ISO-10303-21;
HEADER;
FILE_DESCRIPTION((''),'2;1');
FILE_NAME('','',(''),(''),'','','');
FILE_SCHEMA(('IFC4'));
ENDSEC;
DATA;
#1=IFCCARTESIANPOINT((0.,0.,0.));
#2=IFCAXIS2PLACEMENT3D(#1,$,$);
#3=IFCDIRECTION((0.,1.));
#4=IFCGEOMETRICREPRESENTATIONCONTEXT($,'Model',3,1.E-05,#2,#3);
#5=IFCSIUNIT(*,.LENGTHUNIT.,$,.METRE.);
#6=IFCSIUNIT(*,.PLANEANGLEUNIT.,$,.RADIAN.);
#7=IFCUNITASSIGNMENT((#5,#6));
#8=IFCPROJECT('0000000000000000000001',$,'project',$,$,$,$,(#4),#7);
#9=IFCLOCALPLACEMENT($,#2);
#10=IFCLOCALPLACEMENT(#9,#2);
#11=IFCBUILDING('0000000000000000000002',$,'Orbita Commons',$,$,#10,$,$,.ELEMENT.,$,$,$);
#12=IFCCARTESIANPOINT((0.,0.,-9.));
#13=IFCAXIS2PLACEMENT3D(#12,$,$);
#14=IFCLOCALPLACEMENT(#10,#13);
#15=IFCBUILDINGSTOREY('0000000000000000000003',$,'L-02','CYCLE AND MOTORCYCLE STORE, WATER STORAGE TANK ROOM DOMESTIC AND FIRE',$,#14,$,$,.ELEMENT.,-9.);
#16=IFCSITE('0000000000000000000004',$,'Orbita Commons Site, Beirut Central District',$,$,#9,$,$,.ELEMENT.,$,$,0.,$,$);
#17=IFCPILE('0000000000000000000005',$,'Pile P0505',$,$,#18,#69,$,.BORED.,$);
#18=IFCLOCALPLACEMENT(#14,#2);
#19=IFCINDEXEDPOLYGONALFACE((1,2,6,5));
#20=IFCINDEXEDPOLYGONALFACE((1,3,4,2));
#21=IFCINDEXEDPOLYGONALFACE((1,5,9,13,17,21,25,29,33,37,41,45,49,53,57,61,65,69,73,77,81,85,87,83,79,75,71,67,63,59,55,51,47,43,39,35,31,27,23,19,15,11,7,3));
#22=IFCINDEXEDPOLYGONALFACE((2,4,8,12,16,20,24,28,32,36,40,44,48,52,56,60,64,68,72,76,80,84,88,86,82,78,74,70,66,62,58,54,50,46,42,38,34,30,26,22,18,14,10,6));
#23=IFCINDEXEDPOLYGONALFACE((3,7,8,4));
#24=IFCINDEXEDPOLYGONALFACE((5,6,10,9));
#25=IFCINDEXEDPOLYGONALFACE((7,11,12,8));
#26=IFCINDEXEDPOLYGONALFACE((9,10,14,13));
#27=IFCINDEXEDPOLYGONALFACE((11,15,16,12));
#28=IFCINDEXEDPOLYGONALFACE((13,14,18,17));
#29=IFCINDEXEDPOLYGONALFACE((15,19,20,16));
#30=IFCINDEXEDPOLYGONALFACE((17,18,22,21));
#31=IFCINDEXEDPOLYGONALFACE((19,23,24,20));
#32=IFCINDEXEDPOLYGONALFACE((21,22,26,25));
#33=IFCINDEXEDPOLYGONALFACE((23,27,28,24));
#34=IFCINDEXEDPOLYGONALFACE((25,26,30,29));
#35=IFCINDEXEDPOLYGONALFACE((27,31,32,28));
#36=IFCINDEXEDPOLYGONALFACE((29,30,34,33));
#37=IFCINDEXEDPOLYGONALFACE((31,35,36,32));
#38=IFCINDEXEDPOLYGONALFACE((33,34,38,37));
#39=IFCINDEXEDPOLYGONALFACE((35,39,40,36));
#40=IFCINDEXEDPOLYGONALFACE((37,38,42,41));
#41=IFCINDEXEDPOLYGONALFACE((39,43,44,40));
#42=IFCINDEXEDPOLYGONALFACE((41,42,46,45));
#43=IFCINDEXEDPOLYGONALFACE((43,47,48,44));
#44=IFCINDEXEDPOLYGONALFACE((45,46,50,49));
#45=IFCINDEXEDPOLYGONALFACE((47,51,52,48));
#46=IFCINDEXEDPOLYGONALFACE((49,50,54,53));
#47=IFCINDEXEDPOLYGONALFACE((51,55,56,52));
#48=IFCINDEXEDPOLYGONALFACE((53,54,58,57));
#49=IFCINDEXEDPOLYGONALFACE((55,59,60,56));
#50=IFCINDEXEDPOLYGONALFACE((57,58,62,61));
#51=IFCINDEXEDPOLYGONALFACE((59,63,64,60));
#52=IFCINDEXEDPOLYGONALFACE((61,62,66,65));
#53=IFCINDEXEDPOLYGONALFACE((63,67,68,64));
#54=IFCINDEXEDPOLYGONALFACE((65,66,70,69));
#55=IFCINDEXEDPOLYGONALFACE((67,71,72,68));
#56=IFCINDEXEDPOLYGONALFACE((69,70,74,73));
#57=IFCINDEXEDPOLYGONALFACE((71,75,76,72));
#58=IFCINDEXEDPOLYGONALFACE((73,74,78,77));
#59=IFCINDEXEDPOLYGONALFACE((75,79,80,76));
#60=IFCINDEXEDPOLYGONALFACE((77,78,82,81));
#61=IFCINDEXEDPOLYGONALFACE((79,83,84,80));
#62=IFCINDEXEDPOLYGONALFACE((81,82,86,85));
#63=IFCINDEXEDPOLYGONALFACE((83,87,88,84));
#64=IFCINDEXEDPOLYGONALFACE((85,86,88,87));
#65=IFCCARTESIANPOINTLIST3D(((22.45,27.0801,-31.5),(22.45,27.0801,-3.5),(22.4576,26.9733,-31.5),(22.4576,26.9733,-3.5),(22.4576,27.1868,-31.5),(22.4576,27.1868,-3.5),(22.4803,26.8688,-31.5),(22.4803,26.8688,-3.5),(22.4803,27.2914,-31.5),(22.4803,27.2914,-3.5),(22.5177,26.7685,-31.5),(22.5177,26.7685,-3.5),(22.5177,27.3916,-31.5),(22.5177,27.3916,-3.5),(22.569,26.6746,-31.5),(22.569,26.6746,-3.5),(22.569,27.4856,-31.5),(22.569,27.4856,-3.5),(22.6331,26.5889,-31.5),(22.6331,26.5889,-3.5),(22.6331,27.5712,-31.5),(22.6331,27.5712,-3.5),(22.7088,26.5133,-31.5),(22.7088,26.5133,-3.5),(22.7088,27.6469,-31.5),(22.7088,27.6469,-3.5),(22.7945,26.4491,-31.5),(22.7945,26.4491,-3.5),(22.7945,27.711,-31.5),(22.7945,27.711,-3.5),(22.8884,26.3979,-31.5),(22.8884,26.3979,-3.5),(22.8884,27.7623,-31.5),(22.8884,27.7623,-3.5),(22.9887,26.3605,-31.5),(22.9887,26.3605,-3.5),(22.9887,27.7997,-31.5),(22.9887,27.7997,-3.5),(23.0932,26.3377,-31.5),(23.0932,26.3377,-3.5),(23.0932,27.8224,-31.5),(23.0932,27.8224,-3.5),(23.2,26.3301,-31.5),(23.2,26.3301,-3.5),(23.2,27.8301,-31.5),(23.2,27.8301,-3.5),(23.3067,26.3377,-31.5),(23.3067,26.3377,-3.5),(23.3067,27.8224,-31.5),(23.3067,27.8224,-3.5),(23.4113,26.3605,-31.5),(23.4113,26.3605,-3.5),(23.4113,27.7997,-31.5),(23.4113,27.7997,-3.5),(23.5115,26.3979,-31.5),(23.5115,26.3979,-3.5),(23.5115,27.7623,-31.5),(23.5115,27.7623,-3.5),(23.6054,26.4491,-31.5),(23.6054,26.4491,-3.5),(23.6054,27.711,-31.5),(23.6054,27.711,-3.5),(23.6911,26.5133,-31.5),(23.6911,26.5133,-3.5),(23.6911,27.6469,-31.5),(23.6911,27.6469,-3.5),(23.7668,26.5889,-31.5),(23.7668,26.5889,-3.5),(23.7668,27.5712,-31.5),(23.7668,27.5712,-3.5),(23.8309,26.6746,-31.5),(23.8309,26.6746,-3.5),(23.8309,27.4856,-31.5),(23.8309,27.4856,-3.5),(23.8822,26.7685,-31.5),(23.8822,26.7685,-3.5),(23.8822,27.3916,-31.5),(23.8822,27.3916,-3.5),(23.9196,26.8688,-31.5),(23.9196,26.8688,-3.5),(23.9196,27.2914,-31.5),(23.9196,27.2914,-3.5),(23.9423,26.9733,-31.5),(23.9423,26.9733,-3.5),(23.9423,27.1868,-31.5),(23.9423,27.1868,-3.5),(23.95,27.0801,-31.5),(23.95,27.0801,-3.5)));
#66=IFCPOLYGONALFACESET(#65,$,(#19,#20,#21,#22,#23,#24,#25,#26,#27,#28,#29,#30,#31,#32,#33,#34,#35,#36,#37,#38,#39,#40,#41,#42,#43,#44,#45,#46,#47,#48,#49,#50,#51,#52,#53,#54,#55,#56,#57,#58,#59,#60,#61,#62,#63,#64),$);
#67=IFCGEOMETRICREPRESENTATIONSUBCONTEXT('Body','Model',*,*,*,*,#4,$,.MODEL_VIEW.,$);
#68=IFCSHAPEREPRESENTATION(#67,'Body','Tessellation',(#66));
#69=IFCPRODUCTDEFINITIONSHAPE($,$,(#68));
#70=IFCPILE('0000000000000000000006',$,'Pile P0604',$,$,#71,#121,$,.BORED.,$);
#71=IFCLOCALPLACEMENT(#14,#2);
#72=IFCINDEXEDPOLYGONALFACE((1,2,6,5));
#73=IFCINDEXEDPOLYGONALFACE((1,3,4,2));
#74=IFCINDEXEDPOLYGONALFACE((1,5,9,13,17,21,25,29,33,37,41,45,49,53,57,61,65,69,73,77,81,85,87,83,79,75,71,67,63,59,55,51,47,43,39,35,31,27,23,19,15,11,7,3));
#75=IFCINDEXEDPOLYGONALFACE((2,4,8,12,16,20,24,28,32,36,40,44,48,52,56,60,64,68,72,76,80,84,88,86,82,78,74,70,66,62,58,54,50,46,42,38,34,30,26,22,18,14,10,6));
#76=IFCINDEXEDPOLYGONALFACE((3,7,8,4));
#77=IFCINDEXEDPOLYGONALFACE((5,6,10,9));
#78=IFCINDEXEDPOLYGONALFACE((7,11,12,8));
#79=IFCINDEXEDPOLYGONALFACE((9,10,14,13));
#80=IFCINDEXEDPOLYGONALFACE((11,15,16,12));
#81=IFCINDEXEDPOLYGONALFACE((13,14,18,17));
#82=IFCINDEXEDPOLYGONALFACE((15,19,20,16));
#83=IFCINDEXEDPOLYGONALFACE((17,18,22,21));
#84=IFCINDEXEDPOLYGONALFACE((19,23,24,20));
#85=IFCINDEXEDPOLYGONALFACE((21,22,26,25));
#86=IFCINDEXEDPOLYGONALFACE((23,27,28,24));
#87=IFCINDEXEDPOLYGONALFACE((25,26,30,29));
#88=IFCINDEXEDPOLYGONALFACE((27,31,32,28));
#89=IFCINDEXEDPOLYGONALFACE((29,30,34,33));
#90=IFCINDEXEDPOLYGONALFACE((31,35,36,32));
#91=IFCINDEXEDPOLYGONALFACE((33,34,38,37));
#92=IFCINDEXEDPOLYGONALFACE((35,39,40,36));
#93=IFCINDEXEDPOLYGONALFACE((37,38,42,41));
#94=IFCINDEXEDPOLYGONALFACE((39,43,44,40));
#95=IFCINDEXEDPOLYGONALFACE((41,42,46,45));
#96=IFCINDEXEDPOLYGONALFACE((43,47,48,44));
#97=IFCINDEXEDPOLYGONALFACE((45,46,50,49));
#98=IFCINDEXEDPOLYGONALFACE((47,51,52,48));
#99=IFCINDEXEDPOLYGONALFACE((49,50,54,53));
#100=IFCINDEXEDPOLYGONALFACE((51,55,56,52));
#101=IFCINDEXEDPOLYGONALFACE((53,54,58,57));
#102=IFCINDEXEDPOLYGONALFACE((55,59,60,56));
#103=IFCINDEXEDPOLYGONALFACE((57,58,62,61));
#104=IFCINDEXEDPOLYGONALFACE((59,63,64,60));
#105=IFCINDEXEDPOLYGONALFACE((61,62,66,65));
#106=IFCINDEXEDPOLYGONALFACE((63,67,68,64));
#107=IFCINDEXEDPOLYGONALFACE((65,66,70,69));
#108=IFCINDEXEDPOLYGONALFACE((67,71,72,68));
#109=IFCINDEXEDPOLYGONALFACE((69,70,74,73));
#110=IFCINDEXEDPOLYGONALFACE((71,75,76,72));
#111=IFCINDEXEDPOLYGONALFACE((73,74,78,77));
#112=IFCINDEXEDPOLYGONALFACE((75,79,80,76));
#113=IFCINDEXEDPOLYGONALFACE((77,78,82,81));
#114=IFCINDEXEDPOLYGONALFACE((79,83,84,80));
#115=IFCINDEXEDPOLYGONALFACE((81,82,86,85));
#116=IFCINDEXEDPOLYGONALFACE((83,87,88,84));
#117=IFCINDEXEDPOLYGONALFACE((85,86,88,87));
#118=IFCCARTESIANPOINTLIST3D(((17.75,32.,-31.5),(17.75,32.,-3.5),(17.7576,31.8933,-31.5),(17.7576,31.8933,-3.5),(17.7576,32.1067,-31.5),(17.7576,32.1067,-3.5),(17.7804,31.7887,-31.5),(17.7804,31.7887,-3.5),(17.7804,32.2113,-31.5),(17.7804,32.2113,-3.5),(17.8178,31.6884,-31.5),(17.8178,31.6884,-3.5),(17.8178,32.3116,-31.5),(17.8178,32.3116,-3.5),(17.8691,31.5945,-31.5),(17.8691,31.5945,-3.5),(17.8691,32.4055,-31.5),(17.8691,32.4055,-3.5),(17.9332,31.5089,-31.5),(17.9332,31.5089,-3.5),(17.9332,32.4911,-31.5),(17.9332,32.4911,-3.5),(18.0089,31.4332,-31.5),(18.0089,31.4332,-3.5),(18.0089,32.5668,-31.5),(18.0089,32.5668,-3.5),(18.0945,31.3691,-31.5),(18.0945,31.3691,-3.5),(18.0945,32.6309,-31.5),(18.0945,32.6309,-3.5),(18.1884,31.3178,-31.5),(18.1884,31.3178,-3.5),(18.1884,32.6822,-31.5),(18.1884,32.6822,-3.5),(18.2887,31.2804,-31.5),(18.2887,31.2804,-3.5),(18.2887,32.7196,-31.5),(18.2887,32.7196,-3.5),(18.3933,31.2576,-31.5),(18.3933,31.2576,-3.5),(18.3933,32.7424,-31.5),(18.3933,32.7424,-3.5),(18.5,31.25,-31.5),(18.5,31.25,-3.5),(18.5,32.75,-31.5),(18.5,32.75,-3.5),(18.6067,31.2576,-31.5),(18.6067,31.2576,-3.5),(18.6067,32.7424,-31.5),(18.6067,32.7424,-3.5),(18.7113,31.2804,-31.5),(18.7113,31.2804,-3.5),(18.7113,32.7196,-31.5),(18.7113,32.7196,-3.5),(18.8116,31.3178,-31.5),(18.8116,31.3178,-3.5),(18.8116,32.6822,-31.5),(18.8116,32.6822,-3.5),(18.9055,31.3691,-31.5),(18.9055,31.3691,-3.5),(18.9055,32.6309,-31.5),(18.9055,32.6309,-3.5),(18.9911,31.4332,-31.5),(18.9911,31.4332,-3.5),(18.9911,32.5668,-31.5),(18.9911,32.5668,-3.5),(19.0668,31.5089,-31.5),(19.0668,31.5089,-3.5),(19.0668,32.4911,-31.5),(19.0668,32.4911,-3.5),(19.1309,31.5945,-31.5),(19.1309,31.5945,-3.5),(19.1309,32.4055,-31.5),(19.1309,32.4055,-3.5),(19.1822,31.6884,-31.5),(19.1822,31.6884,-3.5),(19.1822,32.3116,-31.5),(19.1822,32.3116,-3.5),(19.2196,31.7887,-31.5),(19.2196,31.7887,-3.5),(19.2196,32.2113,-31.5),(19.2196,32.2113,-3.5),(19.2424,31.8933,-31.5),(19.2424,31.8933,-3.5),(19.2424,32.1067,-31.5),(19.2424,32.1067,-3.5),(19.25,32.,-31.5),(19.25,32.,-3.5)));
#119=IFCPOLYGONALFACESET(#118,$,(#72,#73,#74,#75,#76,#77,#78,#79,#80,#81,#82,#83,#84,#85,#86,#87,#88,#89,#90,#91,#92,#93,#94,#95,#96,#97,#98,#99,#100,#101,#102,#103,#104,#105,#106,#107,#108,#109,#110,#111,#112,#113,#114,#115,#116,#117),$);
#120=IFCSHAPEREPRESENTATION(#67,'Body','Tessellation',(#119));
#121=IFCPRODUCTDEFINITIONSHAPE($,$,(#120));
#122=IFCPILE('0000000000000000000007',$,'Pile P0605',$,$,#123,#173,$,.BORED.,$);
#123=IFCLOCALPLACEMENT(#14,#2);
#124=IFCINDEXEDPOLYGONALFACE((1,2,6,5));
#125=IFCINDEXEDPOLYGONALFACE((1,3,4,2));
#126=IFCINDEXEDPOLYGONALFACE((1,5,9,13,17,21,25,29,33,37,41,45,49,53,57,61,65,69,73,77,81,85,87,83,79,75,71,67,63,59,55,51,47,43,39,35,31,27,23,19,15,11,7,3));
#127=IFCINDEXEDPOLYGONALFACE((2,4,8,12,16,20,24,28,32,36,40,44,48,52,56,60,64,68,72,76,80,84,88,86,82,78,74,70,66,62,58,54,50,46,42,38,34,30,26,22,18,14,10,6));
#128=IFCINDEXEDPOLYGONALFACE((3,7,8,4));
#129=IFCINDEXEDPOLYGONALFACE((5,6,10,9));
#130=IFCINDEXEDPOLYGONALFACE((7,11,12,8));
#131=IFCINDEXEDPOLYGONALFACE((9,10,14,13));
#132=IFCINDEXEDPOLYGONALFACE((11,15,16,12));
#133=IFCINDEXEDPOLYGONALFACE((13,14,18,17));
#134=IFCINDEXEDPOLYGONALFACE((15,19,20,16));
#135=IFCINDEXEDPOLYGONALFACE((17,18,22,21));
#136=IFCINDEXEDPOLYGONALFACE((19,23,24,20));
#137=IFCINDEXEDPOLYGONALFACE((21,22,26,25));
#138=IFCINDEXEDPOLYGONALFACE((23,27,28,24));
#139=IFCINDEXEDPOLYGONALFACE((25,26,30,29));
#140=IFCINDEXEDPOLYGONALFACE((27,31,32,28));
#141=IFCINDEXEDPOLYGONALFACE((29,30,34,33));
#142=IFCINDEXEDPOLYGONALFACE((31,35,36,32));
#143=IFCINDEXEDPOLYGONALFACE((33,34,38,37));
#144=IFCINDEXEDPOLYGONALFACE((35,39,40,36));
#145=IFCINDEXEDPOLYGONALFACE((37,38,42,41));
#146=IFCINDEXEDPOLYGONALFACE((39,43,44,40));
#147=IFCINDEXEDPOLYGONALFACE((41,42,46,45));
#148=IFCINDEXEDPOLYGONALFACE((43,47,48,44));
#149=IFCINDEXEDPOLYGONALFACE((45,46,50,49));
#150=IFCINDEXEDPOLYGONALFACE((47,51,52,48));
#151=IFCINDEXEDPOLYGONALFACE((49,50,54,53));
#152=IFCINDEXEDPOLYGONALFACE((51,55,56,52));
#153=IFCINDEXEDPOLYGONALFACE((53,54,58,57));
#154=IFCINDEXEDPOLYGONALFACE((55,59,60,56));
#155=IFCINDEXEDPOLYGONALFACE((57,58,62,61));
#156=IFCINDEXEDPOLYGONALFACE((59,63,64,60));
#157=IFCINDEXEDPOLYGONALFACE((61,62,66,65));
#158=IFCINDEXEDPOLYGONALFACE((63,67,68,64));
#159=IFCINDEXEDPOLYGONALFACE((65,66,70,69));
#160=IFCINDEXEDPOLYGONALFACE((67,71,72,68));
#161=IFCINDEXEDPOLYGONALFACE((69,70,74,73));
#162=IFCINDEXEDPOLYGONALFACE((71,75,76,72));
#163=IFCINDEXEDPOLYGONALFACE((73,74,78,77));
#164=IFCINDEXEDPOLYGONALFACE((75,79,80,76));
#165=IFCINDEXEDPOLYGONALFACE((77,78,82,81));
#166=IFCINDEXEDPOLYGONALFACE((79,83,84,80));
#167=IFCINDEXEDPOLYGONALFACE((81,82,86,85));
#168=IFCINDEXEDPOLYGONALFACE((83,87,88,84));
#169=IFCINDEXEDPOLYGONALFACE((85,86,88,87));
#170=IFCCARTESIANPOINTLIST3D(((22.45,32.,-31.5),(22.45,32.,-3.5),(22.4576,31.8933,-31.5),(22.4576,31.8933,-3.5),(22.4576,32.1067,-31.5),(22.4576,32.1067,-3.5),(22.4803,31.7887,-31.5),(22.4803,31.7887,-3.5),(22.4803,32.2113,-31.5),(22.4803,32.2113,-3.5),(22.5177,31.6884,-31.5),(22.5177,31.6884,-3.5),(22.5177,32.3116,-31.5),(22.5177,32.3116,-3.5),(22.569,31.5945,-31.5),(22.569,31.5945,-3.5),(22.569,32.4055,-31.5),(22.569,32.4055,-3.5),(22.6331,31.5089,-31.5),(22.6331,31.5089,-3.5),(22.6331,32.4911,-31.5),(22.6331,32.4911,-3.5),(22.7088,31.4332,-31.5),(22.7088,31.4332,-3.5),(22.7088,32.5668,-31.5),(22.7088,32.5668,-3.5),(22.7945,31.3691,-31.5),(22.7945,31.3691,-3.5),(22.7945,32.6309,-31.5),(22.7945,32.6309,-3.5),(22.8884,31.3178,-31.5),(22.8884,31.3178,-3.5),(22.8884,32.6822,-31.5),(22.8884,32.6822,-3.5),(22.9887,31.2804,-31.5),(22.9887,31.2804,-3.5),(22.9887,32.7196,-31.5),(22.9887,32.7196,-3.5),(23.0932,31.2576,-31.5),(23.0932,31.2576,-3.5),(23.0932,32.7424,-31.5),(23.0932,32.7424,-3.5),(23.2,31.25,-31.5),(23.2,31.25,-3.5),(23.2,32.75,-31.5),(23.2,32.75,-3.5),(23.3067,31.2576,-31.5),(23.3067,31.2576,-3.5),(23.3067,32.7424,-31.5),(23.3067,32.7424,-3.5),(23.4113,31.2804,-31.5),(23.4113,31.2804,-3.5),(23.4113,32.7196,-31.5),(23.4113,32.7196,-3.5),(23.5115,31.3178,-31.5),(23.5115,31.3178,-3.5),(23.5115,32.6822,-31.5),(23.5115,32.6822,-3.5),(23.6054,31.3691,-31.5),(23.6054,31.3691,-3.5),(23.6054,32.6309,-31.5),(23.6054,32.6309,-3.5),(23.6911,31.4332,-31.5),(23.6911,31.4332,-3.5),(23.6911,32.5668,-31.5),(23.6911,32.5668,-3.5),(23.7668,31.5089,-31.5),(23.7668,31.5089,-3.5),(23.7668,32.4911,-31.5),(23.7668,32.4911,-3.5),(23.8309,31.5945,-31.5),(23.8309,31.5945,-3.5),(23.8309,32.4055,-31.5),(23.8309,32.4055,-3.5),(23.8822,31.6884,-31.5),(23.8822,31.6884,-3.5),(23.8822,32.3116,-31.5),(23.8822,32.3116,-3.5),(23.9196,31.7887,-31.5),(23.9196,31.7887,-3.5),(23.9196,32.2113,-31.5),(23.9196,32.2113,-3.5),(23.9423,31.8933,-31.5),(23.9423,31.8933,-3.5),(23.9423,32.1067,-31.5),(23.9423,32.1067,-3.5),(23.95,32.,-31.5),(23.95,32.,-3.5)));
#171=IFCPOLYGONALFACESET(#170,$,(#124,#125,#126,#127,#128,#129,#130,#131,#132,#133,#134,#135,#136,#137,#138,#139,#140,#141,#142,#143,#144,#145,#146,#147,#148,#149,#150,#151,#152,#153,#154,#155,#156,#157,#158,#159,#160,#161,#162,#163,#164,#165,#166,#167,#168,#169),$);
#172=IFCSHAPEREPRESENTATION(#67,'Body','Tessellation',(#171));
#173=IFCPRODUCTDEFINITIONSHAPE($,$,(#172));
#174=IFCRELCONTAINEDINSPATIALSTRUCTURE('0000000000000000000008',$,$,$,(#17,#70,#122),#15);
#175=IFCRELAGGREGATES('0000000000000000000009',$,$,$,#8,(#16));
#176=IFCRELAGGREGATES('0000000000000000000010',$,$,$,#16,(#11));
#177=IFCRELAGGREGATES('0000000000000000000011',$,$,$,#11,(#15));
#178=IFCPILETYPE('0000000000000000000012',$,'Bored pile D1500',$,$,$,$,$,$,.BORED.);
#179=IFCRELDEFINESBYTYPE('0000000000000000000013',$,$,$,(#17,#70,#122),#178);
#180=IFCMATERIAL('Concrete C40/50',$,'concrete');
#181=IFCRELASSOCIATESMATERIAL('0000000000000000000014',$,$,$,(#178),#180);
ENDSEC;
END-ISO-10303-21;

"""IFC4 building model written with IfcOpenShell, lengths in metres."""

from ifc_helpers import new_model, si_unit, direction, frame, origin, origin_2d, place, context, subcontext, project, spatial, circle, extrude, material, material_profile, profile_set, type_object, element, save


model = new_model("IFC4")

# Units and contexts
model_context = context("Model", 3, precision=1e-05, world=origin(), true_north=direction((0.0, 1.0)))
body_context = subcontext(model_context, "Body", "Model", "MODEL_VIEW")
ifc_project = project(units=[si_unit("LENGTHUNIT", "METRE"), si_unit("PLANEANGLEUNIT", "RADIAN")], contexts=[model_context])

# Site, building, storey
site_placement = place(None, origin())
site = spatial("IfcSite", under=ifc_project, at=site_placement, Name="Orbita Commons Site, Beirut Central District", CompositionType="ELEMENT", RefElevation=0.0)
building_placement = place(site_placement, origin())
building = spatial("IfcBuilding", under=site, at=building_placement, Name="Orbita Commons", CompositionType="ELEMENT")
storey_placement = place(building_placement, frame((0.0, 0.0, -9.0)))
storey = spatial("IfcBuildingStorey", under=building, at=storey_placement, Name="L-02", Description="CYCLE AND MOTORCYCLE STORE, WATER STORAGE TANK ROOM DOMESTIC AND FIRE", CompositionType="ELEMENT", Elevation=-9.0)

# Piles
ifc_material_1 = material(Name="Concrete C40/50", Category="concrete")
ifc_material_profile = material_profile(ifc_material_1, circle(Radius=0.75, at=origin_2d()), Name="RC D1500")
ifc_profile_set = profile_set([ifc_material_profile], Name="Concrete C40/50")
pile_type = type_object("IfcPileType", Name="Bored pile D1500", PredefinedType="BORED", material=ifc_profile_set)
for number, where, z_axis, x_axis, name in (
    (1, (23.2, 27.0801, -3.5), (0.0, 0.0, -1.0), (1.0, 0.0, 0.0), "Pile P0505"),
    (2, (18.5, 32.0, -3.5), (0.0, 0.0, -1.0), (1.0, 0.0, 0.0), "Pile P0604"),
    (3, (23.2, 32.0, -3.5), (0.0, 0.0, -1.0), (1.0, 0.0, 0.0), "Pile P0605"),
):
    element("IfcPile", number, at=place(storey_placement, frame(where, z_axis=z_axis, x_axis=x_axis)), inside=storey, type_object=pile_type, Name=name, PredefinedType="BORED", context=body_context, shape_type="SweptSolid", body=[
        extrude(circle(Radius=0.75, at=origin_2d()), origin(), (0.0, 0.0, 1.0), 28.0),
    ])

save(model, "model.ifc")
